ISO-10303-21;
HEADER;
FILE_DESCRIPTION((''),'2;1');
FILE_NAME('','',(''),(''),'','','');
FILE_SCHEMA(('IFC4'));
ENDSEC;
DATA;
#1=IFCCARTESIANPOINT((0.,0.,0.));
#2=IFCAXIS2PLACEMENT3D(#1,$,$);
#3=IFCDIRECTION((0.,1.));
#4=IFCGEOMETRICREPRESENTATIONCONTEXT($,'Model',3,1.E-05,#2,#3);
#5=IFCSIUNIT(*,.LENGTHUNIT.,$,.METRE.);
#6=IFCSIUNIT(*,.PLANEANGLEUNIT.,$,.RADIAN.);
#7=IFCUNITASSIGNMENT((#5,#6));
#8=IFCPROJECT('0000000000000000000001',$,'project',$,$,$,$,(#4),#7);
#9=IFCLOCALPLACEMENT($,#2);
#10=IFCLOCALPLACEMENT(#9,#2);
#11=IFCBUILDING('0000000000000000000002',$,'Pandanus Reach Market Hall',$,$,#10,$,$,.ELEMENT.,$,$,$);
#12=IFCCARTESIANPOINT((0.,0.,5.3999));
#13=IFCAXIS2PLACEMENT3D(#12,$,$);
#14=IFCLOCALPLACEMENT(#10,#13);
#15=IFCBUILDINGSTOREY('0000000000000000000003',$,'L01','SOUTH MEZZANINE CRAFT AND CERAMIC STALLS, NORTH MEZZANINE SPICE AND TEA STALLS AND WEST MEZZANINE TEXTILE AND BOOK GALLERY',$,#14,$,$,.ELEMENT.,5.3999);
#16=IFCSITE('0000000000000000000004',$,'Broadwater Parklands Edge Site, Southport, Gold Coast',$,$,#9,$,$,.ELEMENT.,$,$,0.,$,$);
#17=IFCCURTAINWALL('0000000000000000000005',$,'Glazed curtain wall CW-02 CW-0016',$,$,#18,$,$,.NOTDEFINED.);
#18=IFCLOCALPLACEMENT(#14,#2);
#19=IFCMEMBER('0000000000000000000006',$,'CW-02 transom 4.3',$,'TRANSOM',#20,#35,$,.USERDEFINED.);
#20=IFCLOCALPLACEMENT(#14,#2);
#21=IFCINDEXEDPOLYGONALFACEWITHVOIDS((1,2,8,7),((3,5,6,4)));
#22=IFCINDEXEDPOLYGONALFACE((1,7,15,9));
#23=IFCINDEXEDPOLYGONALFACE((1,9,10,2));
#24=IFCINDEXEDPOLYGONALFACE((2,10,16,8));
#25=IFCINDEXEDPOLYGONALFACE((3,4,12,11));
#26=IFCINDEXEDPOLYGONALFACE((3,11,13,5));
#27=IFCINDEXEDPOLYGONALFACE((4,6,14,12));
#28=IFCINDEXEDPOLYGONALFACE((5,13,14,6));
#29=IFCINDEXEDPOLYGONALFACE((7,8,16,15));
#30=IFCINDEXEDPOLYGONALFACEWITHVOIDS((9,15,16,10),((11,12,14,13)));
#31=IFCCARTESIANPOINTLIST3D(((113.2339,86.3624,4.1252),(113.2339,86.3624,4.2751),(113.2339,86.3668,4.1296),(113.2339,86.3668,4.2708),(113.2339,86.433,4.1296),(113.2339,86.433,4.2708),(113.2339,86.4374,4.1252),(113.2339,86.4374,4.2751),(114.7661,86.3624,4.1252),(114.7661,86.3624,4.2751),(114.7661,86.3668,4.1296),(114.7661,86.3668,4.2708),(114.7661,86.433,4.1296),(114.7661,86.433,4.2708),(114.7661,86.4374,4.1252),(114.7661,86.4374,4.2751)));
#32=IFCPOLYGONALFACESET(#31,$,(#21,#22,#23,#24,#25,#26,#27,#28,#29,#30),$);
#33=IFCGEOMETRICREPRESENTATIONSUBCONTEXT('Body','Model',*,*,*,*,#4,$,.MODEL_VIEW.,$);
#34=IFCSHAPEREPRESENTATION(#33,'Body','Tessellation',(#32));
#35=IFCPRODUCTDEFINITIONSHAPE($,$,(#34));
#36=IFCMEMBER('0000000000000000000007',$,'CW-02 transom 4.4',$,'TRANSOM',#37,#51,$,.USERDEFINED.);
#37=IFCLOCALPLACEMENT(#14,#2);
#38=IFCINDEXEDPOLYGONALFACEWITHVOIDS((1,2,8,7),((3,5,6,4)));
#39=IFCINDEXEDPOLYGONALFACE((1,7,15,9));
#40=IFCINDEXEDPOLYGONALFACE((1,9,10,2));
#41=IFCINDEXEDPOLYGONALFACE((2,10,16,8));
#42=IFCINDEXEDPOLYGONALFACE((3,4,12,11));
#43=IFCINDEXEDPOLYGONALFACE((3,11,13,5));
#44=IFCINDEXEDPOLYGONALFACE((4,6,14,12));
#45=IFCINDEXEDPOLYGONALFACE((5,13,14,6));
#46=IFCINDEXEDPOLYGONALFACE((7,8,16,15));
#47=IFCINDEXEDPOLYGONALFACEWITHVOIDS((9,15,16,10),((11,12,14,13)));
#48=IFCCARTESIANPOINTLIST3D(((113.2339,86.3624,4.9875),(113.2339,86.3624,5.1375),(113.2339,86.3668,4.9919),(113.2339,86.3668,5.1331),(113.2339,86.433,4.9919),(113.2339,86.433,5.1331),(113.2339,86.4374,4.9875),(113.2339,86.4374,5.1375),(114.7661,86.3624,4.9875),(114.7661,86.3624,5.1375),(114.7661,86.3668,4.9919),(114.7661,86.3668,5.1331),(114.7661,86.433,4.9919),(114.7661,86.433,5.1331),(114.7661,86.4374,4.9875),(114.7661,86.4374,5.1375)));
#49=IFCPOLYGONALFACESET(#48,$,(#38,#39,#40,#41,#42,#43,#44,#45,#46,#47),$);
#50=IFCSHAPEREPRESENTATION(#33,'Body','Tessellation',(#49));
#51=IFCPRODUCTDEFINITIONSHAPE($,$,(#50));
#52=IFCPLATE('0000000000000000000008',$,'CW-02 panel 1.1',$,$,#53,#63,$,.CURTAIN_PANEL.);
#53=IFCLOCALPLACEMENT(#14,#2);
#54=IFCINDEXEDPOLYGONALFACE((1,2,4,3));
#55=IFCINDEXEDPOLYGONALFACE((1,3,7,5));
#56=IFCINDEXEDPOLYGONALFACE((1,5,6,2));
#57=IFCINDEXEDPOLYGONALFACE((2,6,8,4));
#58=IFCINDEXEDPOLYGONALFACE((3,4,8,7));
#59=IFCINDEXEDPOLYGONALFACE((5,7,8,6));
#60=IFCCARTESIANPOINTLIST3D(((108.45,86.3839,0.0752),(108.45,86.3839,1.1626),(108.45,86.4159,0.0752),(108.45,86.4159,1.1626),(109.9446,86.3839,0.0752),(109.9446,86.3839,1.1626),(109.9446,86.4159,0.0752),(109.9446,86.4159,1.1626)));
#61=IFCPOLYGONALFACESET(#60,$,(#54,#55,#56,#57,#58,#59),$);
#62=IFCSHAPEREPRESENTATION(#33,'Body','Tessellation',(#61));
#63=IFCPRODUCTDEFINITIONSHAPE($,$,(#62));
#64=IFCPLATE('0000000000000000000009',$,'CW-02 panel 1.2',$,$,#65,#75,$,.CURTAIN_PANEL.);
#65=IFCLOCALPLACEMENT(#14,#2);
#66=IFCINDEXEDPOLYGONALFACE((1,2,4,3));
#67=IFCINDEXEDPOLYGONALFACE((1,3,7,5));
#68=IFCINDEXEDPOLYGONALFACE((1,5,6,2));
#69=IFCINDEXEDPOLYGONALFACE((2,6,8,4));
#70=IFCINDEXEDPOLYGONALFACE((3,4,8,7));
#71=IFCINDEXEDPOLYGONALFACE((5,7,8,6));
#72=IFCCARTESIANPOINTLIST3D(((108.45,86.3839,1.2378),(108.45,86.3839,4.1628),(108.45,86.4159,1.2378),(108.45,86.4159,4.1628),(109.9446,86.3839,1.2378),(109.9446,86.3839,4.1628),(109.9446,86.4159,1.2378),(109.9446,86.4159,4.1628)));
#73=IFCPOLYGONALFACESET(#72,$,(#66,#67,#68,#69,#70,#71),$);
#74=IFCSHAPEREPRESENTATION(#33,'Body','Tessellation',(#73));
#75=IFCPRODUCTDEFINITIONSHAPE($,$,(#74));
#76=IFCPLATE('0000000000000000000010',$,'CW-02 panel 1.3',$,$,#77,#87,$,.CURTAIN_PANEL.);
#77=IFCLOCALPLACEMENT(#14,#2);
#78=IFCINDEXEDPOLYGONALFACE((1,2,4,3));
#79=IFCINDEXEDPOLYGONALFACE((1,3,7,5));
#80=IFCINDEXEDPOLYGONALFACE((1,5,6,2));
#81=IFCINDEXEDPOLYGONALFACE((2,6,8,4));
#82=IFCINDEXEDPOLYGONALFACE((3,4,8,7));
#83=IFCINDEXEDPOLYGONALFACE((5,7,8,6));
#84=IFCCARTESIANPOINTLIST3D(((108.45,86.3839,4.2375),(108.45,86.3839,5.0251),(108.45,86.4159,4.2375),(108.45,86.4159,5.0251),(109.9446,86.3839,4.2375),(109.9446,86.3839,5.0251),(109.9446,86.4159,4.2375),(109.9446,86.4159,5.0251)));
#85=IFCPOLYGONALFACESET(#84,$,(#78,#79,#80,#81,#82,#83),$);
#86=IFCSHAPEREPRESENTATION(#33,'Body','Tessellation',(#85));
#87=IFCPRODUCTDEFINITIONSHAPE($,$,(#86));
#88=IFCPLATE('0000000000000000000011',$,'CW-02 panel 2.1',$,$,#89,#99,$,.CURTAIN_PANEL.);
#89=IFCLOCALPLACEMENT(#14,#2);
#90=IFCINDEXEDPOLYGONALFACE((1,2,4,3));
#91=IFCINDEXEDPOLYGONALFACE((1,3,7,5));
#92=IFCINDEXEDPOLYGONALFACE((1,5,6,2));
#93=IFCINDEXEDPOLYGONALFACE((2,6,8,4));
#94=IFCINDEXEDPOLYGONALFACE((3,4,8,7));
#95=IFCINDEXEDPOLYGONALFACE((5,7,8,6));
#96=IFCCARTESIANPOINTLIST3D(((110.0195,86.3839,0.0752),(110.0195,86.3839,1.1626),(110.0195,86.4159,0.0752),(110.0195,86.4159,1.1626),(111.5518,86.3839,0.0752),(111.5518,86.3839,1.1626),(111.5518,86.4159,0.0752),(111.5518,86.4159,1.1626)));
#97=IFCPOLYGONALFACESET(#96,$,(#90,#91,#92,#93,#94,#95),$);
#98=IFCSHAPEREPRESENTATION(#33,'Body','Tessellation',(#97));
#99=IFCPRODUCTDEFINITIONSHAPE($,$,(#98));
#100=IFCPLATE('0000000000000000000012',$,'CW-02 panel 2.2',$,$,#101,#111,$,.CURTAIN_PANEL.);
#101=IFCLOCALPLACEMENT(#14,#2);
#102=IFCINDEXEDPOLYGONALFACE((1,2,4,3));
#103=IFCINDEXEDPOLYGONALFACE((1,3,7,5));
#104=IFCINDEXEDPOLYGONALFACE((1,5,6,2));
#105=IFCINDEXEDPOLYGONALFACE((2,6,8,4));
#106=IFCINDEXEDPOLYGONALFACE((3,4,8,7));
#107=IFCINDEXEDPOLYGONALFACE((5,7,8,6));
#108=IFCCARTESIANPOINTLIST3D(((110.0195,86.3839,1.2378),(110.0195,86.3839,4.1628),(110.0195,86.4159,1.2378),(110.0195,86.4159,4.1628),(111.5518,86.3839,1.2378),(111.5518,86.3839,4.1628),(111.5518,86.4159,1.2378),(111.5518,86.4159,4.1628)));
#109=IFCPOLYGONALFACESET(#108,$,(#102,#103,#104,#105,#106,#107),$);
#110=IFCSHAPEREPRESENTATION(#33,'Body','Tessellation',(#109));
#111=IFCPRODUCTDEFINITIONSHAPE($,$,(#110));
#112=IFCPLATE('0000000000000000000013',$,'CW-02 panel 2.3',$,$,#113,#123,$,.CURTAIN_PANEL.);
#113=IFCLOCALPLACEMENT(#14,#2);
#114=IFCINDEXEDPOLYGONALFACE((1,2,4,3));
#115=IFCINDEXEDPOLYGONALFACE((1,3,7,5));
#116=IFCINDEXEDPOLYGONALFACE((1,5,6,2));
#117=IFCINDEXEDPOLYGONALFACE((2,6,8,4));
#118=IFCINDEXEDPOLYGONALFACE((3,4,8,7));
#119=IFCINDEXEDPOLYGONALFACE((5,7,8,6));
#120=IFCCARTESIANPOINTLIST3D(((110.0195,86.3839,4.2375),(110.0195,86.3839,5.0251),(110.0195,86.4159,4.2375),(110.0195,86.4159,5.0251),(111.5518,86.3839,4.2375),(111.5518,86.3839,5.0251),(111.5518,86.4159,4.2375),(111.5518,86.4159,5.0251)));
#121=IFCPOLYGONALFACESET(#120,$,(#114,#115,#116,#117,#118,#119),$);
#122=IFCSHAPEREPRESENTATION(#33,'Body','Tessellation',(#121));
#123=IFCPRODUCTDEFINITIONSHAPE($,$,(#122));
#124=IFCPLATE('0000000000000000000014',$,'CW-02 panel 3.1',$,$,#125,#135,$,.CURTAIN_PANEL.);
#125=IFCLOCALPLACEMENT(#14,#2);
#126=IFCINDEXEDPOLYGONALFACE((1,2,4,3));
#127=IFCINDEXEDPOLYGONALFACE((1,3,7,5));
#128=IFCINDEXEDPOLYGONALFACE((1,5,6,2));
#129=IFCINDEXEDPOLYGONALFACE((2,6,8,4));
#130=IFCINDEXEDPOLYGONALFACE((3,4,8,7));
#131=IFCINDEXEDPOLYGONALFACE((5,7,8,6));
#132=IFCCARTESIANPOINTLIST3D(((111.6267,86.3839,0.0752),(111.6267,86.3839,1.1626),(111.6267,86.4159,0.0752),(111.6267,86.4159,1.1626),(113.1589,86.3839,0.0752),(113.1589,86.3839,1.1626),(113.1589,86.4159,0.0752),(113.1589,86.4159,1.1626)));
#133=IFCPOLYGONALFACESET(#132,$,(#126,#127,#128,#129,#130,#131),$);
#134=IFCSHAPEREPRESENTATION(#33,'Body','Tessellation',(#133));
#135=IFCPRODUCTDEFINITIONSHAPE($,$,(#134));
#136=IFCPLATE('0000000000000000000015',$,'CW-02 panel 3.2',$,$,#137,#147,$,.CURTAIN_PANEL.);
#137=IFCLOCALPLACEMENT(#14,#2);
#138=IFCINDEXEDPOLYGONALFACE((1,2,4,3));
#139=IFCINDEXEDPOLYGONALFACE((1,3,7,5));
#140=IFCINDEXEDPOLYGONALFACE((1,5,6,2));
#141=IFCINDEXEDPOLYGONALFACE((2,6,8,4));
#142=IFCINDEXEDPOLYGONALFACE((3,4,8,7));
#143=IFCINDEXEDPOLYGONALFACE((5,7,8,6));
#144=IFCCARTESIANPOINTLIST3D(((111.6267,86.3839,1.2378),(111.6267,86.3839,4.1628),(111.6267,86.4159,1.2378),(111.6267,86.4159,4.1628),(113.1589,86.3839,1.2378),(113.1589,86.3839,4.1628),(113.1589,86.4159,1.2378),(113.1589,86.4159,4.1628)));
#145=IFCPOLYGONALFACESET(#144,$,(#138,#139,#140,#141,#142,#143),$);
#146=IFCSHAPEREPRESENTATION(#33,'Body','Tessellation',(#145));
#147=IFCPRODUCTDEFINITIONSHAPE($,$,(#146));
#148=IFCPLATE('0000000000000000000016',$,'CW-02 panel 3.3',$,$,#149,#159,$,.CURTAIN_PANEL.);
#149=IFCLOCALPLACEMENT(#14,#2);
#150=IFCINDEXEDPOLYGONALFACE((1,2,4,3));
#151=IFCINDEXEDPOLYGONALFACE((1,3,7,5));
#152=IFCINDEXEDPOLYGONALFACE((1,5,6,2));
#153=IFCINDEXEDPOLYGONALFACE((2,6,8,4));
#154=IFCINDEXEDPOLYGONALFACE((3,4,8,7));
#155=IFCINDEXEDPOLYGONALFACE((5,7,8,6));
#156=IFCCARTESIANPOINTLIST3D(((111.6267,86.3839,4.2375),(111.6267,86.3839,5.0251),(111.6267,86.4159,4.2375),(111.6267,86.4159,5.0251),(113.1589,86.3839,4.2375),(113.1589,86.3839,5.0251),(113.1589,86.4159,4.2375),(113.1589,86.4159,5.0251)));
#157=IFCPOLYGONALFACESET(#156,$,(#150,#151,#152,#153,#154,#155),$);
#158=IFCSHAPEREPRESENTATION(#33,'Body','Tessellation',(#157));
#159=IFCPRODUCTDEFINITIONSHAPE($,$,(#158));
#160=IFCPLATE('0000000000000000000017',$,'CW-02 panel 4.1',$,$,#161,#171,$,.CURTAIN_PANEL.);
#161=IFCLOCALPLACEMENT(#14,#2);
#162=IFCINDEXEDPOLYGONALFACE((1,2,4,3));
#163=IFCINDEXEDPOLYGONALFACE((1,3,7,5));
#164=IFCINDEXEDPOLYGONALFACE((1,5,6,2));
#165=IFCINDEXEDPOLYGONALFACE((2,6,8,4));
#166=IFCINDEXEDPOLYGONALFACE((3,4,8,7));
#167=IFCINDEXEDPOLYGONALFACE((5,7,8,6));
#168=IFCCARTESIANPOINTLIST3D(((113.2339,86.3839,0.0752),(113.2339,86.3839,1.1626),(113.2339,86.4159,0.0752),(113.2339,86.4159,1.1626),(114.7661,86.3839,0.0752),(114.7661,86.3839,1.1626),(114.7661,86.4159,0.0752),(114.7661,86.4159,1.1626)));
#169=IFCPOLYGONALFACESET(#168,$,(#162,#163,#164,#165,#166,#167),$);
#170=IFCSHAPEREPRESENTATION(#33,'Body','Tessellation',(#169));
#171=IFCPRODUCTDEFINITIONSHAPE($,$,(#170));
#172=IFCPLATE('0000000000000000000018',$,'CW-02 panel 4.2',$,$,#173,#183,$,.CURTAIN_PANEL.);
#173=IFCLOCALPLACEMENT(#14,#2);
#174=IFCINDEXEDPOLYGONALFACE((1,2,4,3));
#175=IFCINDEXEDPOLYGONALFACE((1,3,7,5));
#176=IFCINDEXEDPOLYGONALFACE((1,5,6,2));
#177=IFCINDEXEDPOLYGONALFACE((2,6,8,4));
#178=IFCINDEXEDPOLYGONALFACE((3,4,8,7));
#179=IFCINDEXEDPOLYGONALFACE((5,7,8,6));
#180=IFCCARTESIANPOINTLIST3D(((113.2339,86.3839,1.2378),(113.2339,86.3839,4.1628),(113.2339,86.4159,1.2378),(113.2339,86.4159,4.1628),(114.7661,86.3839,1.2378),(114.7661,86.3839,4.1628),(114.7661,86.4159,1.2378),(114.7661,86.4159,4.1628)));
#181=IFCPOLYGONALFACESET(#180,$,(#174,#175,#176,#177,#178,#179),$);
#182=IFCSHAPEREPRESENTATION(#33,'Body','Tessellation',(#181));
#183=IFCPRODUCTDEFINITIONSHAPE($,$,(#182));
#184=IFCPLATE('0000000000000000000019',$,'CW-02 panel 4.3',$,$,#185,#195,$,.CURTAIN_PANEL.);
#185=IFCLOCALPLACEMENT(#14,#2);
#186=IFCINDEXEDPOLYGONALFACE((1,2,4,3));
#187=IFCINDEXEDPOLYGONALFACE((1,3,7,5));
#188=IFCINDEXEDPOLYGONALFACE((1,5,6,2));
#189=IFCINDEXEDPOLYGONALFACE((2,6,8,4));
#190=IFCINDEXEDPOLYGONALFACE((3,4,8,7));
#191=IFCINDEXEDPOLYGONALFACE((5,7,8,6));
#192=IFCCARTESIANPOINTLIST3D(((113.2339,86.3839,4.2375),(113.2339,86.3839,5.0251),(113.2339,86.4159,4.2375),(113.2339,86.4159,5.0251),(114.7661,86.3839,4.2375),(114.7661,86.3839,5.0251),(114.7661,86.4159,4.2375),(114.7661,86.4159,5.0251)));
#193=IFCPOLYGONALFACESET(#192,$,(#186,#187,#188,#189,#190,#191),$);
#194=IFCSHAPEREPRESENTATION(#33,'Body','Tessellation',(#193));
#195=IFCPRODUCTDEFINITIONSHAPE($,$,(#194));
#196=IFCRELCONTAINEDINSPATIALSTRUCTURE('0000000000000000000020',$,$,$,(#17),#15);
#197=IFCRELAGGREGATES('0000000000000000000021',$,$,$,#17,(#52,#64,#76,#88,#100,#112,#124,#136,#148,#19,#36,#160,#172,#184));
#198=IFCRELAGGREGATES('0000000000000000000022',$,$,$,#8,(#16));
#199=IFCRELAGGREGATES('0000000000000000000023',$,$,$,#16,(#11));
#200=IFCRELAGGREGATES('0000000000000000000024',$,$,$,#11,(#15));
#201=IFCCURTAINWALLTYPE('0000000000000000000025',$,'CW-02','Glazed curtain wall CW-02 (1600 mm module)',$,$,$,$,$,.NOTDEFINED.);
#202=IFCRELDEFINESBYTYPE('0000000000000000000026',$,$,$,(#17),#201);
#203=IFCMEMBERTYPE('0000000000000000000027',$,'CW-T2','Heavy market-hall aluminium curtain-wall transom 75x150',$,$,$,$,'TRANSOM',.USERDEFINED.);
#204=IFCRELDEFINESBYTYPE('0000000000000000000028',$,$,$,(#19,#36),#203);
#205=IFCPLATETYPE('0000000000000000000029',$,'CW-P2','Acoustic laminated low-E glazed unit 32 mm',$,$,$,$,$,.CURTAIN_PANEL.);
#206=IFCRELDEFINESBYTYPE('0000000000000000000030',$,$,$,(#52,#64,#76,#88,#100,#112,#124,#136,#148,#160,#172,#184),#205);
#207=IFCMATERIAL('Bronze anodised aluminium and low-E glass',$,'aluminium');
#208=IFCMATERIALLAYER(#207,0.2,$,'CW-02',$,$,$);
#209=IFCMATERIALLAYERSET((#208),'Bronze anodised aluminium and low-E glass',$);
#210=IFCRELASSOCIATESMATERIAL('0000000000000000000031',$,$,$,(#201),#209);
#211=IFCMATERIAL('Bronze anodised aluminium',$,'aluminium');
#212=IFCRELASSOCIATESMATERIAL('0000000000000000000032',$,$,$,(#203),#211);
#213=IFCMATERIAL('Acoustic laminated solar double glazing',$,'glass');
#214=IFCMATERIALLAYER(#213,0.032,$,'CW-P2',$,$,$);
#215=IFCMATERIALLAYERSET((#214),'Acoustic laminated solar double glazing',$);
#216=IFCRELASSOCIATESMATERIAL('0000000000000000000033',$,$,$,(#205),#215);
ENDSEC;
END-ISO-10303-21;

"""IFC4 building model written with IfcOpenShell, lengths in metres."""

from ifc_helpers import new_model, si_unit, direction, frame, origin, origin_2d, place, context, subcontext, project, spatial, rectangle, hollow_rectangle, extrude, material, layer, layer_set, material_profile, profile_set, type_object, element, aggregate, save


model = new_model("IFC4")

# Units and contexts
model_context = context("Model", 3, precision=1e-05, world=origin(), true_north=direction((0.0, 1.0)))
body_context = subcontext(model_context, "Body", "Model", "MODEL_VIEW")
ifc_project = project(units=[si_unit("LENGTHUNIT", "METRE"), si_unit("PLANEANGLEUNIT", "RADIAN")], contexts=[model_context])

# Site, building, storey
site_placement = place(None, origin())
site = spatial("IfcSite", under=ifc_project, at=site_placement, Name="Broadwater Parklands Edge Site, Southport, Gold Coast", CompositionType="ELEMENT", RefElevation=0.0)
building_placement = place(site_placement, origin())
building = spatial("IfcBuilding", under=site, at=building_placement, Name="Pandanus Reach Market Hall", CompositionType="ELEMENT")
storey_placement = place(building_placement, frame((0.0, 0.0, 5.3999)))
storey = spatial("IfcBuildingStorey", under=building, at=storey_placement, Name="L01", Description="SOUTH MEZZANINE CRAFT AND CERAMIC STALLS, NORTH MEZZANINE SPICE AND TEA STALLS AND WEST MEZZANINE TEXTILE AND BOOK GALLERY", CompositionType="ELEMENT", Elevation=5.3999)

# Curtain wall, members, plates
ifc_material_1 = material(Name="Bronze anodised aluminium and low-E glass", Category="aluminium")
ifc_layer_1 = layer(ifc_material_1, 0.2, Name="CW-02")
ifc_layer_set_1 = layer_set([ifc_layer_1], Name="Bronze anodised aluminium and low-E glass")
curtain_wall_type = type_object("IfcCurtainWallType", Name="CW-02", Description="Glazed curtain wall CW-02 (1600 mm module)", PredefinedType="NOTDEFINED", material=ifc_layer_set_1)
curtain_wall_placement = place(storey_placement, origin())
curtain_wall = element("IfcCurtainWall", 1, at=curtain_wall_placement, inside=storey, type_object=curtain_wall_type, Name="Glazed curtain wall CW-02 CW-0016", PredefinedType="NOTDEFINED")
ifc_material_2 = material(Name="Bronze anodised aluminium", Category="aluminium")
ifc_material_profile_1 = material_profile(ifc_material_2, hollow_rectangle(XDim=0.075, YDim=0.1499, WallThickness=0.0044, at=origin_2d()), Name="ALU75x150", Category="LoadBearing")
ifc_profile_set_1 = profile_set([ifc_material_profile_1], Name="Bronze anodised aluminium")
member_type_1 = type_object("IfcMemberType", Name="CW-T2", Description="Heavy market-hall aluminium curtain-wall transom 75x150", ElementType="TRANSOM", PredefinedType="USERDEFINED", material=ifc_profile_set_1)
member_1_placement = place(storey_placement, frame((113.2339, 86.3999, 4.2002), z_axis=(1.0, 0.0, 0.0), x_axis=(0.0, 1.0, 0.0)))
member_1 = element("IfcMember", 2, at=member_1_placement, type_object=member_type_1, Name="CW-02 transom 4.3", ObjectType="TRANSOM", PredefinedType="USERDEFINED", context=body_context, shape_type="SweptSolid", body=[
    extrude(hollow_rectangle(XDim=0.075, YDim=0.1499, WallThickness=0.0044, at=origin_2d()), origin(), (0.0, 0.0, 1.0), 1.5322),
])
member_2_placement = place(storey_placement, frame((113.2339, 86.3999, 5.0625), z_axis=(1.0, 0.0, 0.0), x_axis=(0.0, 1.0, 0.0)))
member_2 = element("IfcMember", 3, at=member_2_placement, type_object=member_type_1, Name="CW-02 transom 4.4", ObjectType="TRANSOM", PredefinedType="USERDEFINED", context=body_context, shape_type="SweptSolid", body=[
    extrude(hollow_rectangle(XDim=0.075, YDim=0.1499, WallThickness=0.0044, at=origin_2d()), origin(), (0.0, 0.0, 1.0), 1.5322),
])
ifc_material_3 = material(Name="Acoustic laminated solar double glazing", Category="glass")
ifc_layer_2 = layer(ifc_material_3, 0.032, Name="CW-P2")
ifc_layer_set_2 = layer_set([ifc_layer_2], Name="Acoustic laminated solar double glazing")
plate_type = type_object("IfcPlateType", Name="CW-P2", Description="Acoustic laminated low-E glazed unit 32 mm", PredefinedType="CURTAIN_PANEL", material=ifc_layer_set_2)
plate_1_placement = place(storey_placement, frame((109.1973, 86.3999, 0.0752), z_axis=(0.0, 0.0, 1.0), x_axis=(1.0, 0.0, 0.0)))
plate_1 = element("IfcPlate", 4, at=plate_1_placement, type_object=plate_type, Name="CW-02 panel 1.1", PredefinedType="CURTAIN_PANEL", context=body_context, shape_type="SweptSolid", body=[
    extrude(rectangle(XDim=1.4946, YDim=0.032, at=origin_2d()), origin(), (0.0, 0.0, 1.0), 1.0874),
])
plate_2_placement = place(storey_placement, frame((109.1973, 86.3999, 1.2378), z_axis=(0.0, 0.0, 1.0), x_axis=(1.0, 0.0, 0.0)))
plate_2 = element("IfcPlate", 5, at=plate_2_placement, type_object=plate_type, Name="CW-02 panel 1.2", PredefinedType="CURTAIN_PANEL", context=body_context, shape_type="SweptSolid", body=[
    extrude(rectangle(XDim=1.4946, YDim=0.032, at=origin_2d()), origin(), (0.0, 0.0, 1.0), 2.925),
])
plate_3_placement = place(storey_placement, frame((109.1973, 86.3999, 4.2375), z_axis=(0.0, 0.0, 1.0), x_axis=(1.0, 0.0, 0.0)))
plate_3 = element("IfcPlate", 6, at=plate_3_placement, type_object=plate_type, Name="CW-02 panel 1.3", PredefinedType="CURTAIN_PANEL", context=body_context, shape_type="SweptSolid", body=[
    extrude(rectangle(XDim=1.4946, YDim=0.032, at=origin_2d()), origin(), (0.0, 0.0, 1.0), 0.7876),
])
plate_4_placement = place(storey_placement, frame((110.7856, 86.3999, 0.0752), z_axis=(0.0, 0.0, 1.0), x_axis=(1.0, 0.0, 0.0)))
plate_4 = element("IfcPlate", 7, at=plate_4_placement, type_object=plate_type, Name="CW-02 panel 2.1", PredefinedType="CURTAIN_PANEL", context=body_context, shape_type="SweptSolid", body=[
    extrude(rectangle(XDim=1.5322, YDim=0.032, at=origin_2d()), origin(), (0.0, 0.0, 1.0), 1.0874),
])
plate_5_placement = place(storey_placement, frame((110.7856, 86.3999, 1.2378), z_axis=(0.0, 0.0, 1.0), x_axis=(1.0, 0.0, 0.0)))
plate_5 = element("IfcPlate", 8, at=plate_5_placement, type_object=plate_type, Name="CW-02 panel 2.2", PredefinedType="CURTAIN_PANEL", context=body_context, shape_type="SweptSolid", body=[
    extrude(rectangle(XDim=1.5322, YDim=0.032, at=origin_2d()), origin(), (0.0, 0.0, 1.0), 2.925),
])
plate_6_placement = place(storey_placement, frame((110.7856, 86.3999, 4.2375), z_axis=(0.0, 0.0, 1.0), x_axis=(1.0, 0.0, 0.0)))
plate_6 = element("IfcPlate", 9, at=plate_6_placement, type_object=plate_type, Name="CW-02 panel 2.3", PredefinedType="CURTAIN_PANEL", context=body_context, shape_type="SweptSolid", body=[
    extrude(rectangle(XDim=1.5322, YDim=0.032, at=origin_2d()), origin(), (0.0, 0.0, 1.0), 0.7876),
])
plate_7_placement = place(storey_placement, frame((112.3928, 86.3999, 0.0752), z_axis=(0.0, 0.0, 1.0), x_axis=(1.0, 0.0, 0.0)))
plate_7 = element("IfcPlate", 10, at=plate_7_placement, type_object=plate_type, Name="CW-02 panel 3.1", PredefinedType="CURTAIN_PANEL", context=body_context, shape_type="SweptSolid", body=[
    extrude(rectangle(XDim=1.5322, YDim=0.032, at=origin_2d()), origin(), (0.0, 0.0, 1.0), 1.0874),
])
plate_8_placement = place(storey_placement, frame((112.3928, 86.3999, 1.2378), z_axis=(0.0, 0.0, 1.0), x_axis=(1.0, 0.0, 0.0)))
plate_8 = element("IfcPlate", 11, at=plate_8_placement, type_object=plate_type, Name="CW-02 panel 3.2", PredefinedType="CURTAIN_PANEL", context=body_context, shape_type="SweptSolid", body=[
    extrude(rectangle(XDim=1.5322, YDim=0.032, at=origin_2d()), origin(), (0.0, 0.0, 1.0), 2.925),
])
plate_9_placement = place(storey_placement, frame((112.3928, 86.3999, 4.2375), z_axis=(0.0, 0.0, 1.0), x_axis=(1.0, 0.0, 0.0)))
plate_9 = element("IfcPlate", 12, at=plate_9_placement, type_object=plate_type, Name="CW-02 panel 3.3", PredefinedType="CURTAIN_PANEL", context=body_context, shape_type="SweptSolid", body=[
    extrude(rectangle(XDim=1.5322, YDim=0.032, at=origin_2d()), origin(), (0.0, 0.0, 1.0), 0.7876),
])
plate_10_placement = place(storey_placement, frame((114.0, 86.3999, 0.0752), z_axis=(0.0, 0.0, 1.0), x_axis=(1.0, 0.0, 0.0)))
plate_10 = element("IfcPlate", 13, at=plate_10_placement, type_object=plate_type, Name="CW-02 panel 4.1", PredefinedType="CURTAIN_PANEL", context=body_context, shape_type="SweptSolid", body=[
    extrude(rectangle(XDim=1.5322, YDim=0.032, at=origin_2d()), origin(), (0.0, 0.0, 1.0), 1.0874),
])
plate_11_placement = place(storey_placement, frame((114.0, 86.3999, 1.2378), z_axis=(0.0, 0.0, 1.0), x_axis=(1.0, 0.0, 0.0)))
plate_11 = element("IfcPlate", 14, at=plate_11_placement, type_object=plate_type, Name="CW-02 panel 4.2", PredefinedType="CURTAIN_PANEL", context=body_context, shape_type="SweptSolid", body=[
    extrude(rectangle(XDim=1.5322, YDim=0.032, at=origin_2d()), origin(), (0.0, 0.0, 1.0), 2.925),
])
plate_12_placement = place(storey_placement, frame((114.0, 86.3999, 4.2375), z_axis=(0.0, 0.0, 1.0), x_axis=(1.0, 0.0, 0.0)))
plate_12 = element("IfcPlate", 15, at=plate_12_placement, type_object=plate_type, Name="CW-02 panel 4.3", PredefinedType="CURTAIN_PANEL", context=body_context, shape_type="SweptSolid", body=[
    extrude(rectangle(XDim=1.5322, YDim=0.032, at=origin_2d()), origin(), (0.0, 0.0, 1.0), 0.7876),
])
aggregate(curtain_wall, [plate_1, plate_2, plate_3, plate_4, plate_5, plate_6, plate_7, plate_8, plate_9, member_1, member_2, plate_10, plate_11, plate_12])

save(model, "model.ifc")
